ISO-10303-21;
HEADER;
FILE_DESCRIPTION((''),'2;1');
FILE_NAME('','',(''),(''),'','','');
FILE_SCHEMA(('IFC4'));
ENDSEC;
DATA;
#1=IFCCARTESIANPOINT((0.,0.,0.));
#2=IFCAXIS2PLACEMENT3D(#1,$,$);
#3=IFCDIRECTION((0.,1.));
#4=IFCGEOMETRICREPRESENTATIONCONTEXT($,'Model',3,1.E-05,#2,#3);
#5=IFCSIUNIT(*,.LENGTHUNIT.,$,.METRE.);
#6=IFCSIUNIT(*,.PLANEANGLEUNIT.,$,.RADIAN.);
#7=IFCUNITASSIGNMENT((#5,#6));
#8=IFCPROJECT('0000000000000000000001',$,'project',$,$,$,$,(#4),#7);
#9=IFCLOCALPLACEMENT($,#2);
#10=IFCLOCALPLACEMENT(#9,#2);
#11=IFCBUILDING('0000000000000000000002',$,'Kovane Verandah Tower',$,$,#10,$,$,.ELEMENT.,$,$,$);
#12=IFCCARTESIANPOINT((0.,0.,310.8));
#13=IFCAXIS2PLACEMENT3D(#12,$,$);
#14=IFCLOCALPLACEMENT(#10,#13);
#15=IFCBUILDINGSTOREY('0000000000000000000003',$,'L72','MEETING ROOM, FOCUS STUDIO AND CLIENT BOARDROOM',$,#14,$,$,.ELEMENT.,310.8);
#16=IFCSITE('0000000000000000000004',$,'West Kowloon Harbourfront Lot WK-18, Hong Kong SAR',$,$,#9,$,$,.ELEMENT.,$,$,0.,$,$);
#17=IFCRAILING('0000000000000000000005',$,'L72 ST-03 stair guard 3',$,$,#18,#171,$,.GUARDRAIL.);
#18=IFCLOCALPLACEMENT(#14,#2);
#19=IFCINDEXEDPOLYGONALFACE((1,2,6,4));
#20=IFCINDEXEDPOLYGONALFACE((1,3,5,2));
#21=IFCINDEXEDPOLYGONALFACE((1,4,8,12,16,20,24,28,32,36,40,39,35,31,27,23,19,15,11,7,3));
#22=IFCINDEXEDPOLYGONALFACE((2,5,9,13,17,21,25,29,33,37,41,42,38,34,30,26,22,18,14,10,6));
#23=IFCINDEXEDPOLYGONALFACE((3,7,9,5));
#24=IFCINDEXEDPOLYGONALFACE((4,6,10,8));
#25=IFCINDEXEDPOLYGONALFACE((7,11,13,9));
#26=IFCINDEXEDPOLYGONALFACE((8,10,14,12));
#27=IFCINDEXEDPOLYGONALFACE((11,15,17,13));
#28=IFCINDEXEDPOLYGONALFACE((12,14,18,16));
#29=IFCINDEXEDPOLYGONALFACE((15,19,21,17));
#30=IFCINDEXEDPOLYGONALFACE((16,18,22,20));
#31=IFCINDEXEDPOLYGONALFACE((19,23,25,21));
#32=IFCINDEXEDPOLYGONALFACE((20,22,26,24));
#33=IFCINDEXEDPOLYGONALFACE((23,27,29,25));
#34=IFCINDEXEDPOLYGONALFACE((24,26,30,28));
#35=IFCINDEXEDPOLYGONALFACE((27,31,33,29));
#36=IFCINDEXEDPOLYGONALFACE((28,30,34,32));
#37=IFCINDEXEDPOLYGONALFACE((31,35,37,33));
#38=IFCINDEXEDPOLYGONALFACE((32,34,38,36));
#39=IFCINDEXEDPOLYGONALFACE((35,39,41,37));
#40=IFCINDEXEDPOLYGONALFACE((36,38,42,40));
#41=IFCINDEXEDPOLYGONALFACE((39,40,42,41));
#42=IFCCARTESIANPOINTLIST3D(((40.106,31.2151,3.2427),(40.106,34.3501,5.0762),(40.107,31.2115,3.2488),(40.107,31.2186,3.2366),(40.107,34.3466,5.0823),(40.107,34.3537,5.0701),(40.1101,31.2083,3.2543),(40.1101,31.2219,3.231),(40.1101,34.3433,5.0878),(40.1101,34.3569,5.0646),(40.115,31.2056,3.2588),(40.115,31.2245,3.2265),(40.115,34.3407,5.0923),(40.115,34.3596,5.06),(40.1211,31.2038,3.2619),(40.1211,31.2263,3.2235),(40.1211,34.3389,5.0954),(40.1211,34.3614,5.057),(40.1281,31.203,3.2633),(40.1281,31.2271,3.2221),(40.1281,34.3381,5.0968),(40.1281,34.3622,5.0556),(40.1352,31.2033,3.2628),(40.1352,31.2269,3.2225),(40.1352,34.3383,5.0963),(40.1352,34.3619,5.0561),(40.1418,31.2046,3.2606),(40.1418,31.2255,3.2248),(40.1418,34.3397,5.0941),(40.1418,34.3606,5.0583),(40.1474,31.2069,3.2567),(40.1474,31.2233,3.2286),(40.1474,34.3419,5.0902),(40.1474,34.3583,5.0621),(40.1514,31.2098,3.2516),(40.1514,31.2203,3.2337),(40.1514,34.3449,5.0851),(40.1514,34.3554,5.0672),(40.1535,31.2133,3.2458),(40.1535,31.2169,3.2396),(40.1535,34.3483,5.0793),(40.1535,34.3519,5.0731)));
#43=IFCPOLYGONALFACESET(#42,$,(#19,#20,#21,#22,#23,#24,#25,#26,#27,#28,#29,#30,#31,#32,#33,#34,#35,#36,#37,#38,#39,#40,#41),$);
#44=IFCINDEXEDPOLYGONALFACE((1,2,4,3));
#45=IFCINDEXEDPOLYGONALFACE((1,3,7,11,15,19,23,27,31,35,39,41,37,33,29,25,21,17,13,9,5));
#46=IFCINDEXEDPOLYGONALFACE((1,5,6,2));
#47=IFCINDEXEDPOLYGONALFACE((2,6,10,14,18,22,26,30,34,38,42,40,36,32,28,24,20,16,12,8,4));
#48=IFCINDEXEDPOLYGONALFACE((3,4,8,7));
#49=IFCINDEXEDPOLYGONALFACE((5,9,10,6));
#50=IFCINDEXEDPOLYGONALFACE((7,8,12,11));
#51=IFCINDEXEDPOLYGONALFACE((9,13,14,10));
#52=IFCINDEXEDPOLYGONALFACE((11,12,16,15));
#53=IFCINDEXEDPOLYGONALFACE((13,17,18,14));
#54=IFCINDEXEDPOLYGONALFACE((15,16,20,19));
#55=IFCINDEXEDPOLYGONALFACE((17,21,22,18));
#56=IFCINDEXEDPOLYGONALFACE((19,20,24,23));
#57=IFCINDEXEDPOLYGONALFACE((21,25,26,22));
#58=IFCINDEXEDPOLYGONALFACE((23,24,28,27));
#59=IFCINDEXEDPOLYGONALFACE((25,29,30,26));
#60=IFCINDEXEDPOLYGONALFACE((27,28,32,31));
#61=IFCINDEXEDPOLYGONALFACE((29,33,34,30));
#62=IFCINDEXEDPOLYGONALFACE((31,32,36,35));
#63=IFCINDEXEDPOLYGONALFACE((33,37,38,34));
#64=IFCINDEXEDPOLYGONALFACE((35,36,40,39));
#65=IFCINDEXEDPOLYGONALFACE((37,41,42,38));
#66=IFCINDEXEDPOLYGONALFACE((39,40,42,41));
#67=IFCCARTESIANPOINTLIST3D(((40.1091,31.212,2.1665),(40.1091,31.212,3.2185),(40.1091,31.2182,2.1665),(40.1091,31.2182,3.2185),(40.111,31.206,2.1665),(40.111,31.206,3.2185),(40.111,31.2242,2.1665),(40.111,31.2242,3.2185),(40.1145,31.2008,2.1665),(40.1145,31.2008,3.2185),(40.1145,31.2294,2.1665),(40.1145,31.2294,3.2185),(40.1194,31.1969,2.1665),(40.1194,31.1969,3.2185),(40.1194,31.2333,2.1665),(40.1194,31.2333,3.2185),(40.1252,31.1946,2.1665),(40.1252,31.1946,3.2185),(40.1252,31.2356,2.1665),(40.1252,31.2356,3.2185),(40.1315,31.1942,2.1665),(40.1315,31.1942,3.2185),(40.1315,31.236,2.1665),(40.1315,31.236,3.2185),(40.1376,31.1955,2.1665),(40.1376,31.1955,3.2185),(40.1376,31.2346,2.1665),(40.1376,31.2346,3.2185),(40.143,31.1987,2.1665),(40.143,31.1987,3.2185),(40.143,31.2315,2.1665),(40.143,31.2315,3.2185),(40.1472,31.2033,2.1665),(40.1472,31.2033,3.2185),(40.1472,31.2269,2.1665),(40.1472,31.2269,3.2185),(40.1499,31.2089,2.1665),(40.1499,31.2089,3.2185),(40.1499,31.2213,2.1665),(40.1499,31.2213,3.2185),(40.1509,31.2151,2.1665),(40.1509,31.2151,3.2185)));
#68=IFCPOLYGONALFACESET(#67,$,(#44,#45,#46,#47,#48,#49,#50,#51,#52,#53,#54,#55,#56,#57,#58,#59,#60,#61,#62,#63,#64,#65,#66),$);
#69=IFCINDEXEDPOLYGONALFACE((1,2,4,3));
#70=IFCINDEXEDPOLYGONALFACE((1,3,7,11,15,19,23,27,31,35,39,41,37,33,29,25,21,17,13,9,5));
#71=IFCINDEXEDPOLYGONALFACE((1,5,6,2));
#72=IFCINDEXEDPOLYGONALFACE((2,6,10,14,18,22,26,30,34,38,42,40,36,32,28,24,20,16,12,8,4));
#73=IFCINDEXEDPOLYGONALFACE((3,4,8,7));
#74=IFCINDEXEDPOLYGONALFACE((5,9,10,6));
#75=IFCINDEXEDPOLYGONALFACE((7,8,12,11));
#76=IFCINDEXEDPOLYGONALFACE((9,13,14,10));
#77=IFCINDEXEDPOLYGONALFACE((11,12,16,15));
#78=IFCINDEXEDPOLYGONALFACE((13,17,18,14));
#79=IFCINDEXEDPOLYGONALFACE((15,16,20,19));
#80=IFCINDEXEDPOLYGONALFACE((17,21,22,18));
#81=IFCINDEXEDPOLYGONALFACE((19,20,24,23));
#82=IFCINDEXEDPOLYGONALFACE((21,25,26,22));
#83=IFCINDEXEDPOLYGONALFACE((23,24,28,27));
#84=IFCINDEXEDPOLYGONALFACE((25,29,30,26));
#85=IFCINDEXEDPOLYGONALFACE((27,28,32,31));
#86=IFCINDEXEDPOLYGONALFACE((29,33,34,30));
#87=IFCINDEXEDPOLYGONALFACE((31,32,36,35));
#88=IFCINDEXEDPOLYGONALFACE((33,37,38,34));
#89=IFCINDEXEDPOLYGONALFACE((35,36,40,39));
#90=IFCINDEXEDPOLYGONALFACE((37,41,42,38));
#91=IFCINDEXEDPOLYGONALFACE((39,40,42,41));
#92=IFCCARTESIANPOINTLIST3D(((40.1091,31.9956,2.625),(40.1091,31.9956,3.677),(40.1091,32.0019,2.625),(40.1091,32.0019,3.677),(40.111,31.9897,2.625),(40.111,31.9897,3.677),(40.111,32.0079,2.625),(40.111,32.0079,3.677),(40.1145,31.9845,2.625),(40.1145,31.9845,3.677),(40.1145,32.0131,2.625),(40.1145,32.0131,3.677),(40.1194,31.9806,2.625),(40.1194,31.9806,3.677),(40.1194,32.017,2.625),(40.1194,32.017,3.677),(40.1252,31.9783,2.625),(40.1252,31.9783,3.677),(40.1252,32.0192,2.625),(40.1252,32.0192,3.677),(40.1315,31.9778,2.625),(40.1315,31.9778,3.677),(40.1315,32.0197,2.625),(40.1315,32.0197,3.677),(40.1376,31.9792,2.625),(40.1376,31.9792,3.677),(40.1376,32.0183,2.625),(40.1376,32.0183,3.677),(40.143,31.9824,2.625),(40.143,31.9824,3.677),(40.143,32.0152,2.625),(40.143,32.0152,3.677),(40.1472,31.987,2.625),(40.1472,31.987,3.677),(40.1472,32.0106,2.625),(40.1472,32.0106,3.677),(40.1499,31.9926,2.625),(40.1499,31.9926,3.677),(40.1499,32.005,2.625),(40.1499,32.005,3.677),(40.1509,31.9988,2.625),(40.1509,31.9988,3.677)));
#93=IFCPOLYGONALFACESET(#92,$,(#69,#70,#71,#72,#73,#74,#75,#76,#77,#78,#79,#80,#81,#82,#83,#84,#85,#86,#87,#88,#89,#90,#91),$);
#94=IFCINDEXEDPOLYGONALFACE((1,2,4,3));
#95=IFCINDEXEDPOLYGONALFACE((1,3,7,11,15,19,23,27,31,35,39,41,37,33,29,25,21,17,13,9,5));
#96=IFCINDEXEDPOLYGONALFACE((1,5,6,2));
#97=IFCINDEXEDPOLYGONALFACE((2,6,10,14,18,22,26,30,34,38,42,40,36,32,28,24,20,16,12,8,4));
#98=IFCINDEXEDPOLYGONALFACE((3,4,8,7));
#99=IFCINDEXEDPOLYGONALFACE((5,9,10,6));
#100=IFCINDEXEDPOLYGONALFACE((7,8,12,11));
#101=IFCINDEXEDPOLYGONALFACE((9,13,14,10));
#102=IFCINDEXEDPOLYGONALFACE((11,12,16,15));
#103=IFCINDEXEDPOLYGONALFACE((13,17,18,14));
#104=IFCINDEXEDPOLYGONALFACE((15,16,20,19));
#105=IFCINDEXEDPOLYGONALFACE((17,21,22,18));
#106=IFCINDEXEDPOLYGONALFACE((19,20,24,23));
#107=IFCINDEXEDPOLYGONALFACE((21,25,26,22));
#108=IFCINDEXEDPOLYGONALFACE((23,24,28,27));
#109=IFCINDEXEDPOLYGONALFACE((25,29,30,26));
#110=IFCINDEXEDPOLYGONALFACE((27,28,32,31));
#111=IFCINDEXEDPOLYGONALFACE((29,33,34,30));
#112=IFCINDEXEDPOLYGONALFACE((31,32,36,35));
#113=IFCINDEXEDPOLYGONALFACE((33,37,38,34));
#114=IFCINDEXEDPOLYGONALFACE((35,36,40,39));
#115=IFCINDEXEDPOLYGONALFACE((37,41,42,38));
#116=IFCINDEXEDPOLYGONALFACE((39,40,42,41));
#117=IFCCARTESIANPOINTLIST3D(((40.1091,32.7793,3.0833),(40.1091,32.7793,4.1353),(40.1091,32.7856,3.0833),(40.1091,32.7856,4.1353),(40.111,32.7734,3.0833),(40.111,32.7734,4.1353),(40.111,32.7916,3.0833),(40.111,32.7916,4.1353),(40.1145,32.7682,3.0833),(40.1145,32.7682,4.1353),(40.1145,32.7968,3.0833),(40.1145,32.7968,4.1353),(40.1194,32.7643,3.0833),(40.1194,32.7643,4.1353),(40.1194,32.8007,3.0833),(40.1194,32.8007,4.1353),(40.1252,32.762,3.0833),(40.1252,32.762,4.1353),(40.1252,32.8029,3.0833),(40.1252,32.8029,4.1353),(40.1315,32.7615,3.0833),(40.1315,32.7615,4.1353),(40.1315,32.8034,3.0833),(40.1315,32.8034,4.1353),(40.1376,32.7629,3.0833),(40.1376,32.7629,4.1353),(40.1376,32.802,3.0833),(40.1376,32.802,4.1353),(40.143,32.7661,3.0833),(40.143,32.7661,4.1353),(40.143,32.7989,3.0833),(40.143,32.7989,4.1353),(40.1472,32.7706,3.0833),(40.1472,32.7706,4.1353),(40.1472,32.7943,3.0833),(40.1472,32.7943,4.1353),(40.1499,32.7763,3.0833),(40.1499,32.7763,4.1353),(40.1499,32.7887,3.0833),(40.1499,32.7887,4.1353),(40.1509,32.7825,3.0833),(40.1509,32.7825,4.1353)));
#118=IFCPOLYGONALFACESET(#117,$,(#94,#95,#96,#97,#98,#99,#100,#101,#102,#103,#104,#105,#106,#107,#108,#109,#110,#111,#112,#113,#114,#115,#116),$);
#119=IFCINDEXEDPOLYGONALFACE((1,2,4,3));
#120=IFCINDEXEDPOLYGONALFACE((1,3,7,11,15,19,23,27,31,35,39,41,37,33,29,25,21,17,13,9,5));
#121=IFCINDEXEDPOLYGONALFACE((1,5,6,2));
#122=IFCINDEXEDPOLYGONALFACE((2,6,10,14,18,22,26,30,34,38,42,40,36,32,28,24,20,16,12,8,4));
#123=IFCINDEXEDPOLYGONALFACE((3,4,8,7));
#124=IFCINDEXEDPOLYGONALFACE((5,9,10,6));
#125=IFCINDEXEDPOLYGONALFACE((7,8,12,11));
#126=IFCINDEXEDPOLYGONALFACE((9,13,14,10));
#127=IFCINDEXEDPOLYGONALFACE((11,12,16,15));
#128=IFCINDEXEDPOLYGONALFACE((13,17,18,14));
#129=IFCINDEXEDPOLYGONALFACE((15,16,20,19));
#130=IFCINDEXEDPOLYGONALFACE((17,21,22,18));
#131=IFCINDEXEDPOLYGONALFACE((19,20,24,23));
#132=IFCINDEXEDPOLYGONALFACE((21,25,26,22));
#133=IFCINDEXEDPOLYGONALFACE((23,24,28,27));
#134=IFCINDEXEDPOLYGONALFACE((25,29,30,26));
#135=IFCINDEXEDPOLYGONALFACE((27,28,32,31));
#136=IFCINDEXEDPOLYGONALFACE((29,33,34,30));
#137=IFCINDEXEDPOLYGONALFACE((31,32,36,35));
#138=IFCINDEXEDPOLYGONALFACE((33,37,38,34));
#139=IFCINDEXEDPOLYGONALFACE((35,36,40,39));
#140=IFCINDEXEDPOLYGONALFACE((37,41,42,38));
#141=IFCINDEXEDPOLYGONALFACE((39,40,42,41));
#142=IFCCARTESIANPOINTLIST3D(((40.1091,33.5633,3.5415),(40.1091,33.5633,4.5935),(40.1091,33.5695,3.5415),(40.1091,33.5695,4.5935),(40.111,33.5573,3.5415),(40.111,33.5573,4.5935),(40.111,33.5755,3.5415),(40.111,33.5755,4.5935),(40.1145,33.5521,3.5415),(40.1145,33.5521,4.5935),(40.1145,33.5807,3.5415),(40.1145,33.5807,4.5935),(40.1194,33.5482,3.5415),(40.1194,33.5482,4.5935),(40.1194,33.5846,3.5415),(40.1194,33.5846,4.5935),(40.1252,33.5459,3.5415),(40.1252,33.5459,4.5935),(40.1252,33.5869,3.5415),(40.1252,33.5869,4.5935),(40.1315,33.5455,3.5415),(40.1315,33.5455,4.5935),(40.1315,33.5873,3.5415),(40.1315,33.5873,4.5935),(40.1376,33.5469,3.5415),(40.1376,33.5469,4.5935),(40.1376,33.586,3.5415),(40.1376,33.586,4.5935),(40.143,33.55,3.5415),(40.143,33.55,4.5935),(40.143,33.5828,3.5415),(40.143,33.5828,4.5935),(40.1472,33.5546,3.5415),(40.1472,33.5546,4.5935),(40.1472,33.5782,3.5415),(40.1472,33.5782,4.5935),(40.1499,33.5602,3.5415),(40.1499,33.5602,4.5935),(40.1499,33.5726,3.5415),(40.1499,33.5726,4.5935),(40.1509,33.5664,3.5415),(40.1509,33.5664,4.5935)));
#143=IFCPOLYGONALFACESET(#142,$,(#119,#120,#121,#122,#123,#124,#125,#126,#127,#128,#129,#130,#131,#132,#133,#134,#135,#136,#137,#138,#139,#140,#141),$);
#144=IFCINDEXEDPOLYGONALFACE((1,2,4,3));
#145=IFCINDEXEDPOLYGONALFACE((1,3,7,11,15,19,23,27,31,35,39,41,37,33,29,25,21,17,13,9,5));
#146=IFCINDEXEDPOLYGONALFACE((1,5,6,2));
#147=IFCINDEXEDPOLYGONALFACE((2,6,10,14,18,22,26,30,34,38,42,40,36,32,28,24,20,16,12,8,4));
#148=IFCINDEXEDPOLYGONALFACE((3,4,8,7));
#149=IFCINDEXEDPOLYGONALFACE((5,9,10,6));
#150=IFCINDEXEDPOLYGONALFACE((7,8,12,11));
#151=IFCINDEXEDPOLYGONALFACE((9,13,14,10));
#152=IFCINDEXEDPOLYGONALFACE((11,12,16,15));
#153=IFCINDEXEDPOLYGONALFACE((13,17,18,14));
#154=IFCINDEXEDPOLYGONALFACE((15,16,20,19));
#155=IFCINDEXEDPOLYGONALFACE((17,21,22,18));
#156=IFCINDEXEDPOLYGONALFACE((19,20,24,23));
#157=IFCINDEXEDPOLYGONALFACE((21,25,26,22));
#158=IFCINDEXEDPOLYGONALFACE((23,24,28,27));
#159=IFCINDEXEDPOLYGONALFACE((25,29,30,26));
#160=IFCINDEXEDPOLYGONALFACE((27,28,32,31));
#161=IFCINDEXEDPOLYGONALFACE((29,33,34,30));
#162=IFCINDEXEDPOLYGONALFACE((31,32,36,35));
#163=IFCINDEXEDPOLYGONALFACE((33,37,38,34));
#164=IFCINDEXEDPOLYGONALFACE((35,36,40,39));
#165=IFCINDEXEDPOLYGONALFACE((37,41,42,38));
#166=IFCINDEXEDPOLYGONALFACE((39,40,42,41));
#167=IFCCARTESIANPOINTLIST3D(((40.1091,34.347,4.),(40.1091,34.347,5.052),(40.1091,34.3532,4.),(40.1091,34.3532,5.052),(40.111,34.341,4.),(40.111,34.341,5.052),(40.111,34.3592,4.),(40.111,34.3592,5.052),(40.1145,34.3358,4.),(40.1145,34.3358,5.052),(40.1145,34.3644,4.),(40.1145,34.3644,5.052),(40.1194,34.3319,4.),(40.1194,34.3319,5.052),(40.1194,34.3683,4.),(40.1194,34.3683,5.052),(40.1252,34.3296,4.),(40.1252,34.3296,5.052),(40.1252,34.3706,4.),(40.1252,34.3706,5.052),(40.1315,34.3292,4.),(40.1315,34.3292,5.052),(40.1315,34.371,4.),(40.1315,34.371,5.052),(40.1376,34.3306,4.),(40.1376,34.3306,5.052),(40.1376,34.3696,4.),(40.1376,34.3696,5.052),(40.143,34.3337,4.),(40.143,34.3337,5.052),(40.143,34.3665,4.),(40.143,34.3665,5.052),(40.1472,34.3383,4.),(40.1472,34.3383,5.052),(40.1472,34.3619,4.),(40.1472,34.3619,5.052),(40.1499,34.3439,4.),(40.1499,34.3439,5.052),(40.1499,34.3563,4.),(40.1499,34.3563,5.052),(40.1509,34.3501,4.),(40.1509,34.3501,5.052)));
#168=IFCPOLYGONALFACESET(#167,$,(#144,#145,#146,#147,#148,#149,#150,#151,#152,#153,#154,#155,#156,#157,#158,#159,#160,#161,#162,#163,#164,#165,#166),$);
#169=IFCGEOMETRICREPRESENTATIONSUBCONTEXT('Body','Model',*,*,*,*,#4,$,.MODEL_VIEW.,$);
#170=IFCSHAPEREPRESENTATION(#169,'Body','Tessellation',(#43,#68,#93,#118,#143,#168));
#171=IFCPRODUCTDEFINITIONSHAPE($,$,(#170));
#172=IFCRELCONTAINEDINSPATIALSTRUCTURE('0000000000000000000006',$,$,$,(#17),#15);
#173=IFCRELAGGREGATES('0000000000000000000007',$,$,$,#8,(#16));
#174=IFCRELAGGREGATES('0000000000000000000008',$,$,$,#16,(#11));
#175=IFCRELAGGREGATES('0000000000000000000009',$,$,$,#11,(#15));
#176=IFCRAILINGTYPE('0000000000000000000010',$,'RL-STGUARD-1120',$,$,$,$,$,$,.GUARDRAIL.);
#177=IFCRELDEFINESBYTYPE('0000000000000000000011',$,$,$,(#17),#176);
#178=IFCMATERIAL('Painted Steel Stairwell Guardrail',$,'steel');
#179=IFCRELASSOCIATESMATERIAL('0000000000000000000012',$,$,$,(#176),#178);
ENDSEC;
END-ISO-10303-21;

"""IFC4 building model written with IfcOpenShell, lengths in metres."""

from ifc_helpers import new_model, si_unit, direction, frame, origin, origin_2d, place, context, subcontext, project, spatial, circle, extrude, material, type_object, element, save


model = new_model("IFC4")

# Units and contexts
model_context = context("Model", 3, precision=1e-05, world=origin(), true_north=direction((0.0, 1.0)))
body_context = subcontext(model_context, "Body", "Model", "MODEL_VIEW")
ifc_project = project(units=[si_unit("LENGTHUNIT", "METRE"), si_unit("PLANEANGLEUNIT", "RADIAN")], contexts=[model_context])

# Site, building, storey
site_placement = place(None, origin())
site = spatial("IfcSite", under=ifc_project, at=site_placement, Name="West Kowloon Harbourfront Lot WK-18, Hong Kong SAR", CompositionType="ELEMENT", RefElevation=0.0)
building_placement = place(site_placement, origin())
building = spatial("IfcBuilding", under=site, at=building_placement, Name="Kovane Verandah Tower", CompositionType="ELEMENT")
storey_placement = place(building_placement, frame((0.0, 0.0, 310.8)))
storey = spatial("IfcBuildingStorey", under=building, at=storey_placement, Name="L72", Description="MEETING ROOM, FOCUS STUDIO AND CLIENT BOARDROOM", CompositionType="ELEMENT", Elevation=310.8)

# Railing
ifc_material_1 = material(Name="Painted Steel Stairwell Guardrail", Category="steel")
railing_type_1 = type_object("IfcRailingType", Name="RL-STGUARD-1120", PredefinedType="GUARDRAIL", material=ifc_material_1)
railing_1_placement = place(storey_placement, frame((40.1299, 31.2151, 2.1665)))
element("IfcRailing", 1, at=railing_1_placement, inside=storey, type_object=railing_type_1, Name="L72 ST-03 stair guard 3", PredefinedType="GUARDRAIL", context=body_context, shape_type="SweptSolid", body=[
    extrude(circle(Radius=0.0239, at=origin_2d()), frame((0.0, 0.0, 1.0762), z_axis=(0.0, 0.86321, 0.504845), x_axis=(-1.0, 0.0, 0.0)), (0.0, 0.0, 1.0), 3.6318),
    extrude(circle(Radius=0.021, at=origin_2d()), origin(), (0.0, 0.0, 1.0), 1.052),
    extrude(circle(Radius=0.021, at=origin_2d()), frame((0.0, 0.7837, 0.4585)), (0.0, 0.0, 1.0), 1.052),
    extrude(circle(Radius=0.021, at=origin_2d()), frame((0.0, 1.5674, 0.9167)), (0.0, 0.0, 1.0), 1.052),
    extrude(circle(Radius=0.021, at=origin_2d()), frame((0.0, 2.3513, 1.375)), (0.0, 0.0, 1.0), 1.052),
    extrude(circle(Radius=0.021, at=origin_2d()), frame((0.0, 3.135, 1.8335)), (0.0, 0.0, 1.0), 1.052),
])

save(model, "model.ifc")
